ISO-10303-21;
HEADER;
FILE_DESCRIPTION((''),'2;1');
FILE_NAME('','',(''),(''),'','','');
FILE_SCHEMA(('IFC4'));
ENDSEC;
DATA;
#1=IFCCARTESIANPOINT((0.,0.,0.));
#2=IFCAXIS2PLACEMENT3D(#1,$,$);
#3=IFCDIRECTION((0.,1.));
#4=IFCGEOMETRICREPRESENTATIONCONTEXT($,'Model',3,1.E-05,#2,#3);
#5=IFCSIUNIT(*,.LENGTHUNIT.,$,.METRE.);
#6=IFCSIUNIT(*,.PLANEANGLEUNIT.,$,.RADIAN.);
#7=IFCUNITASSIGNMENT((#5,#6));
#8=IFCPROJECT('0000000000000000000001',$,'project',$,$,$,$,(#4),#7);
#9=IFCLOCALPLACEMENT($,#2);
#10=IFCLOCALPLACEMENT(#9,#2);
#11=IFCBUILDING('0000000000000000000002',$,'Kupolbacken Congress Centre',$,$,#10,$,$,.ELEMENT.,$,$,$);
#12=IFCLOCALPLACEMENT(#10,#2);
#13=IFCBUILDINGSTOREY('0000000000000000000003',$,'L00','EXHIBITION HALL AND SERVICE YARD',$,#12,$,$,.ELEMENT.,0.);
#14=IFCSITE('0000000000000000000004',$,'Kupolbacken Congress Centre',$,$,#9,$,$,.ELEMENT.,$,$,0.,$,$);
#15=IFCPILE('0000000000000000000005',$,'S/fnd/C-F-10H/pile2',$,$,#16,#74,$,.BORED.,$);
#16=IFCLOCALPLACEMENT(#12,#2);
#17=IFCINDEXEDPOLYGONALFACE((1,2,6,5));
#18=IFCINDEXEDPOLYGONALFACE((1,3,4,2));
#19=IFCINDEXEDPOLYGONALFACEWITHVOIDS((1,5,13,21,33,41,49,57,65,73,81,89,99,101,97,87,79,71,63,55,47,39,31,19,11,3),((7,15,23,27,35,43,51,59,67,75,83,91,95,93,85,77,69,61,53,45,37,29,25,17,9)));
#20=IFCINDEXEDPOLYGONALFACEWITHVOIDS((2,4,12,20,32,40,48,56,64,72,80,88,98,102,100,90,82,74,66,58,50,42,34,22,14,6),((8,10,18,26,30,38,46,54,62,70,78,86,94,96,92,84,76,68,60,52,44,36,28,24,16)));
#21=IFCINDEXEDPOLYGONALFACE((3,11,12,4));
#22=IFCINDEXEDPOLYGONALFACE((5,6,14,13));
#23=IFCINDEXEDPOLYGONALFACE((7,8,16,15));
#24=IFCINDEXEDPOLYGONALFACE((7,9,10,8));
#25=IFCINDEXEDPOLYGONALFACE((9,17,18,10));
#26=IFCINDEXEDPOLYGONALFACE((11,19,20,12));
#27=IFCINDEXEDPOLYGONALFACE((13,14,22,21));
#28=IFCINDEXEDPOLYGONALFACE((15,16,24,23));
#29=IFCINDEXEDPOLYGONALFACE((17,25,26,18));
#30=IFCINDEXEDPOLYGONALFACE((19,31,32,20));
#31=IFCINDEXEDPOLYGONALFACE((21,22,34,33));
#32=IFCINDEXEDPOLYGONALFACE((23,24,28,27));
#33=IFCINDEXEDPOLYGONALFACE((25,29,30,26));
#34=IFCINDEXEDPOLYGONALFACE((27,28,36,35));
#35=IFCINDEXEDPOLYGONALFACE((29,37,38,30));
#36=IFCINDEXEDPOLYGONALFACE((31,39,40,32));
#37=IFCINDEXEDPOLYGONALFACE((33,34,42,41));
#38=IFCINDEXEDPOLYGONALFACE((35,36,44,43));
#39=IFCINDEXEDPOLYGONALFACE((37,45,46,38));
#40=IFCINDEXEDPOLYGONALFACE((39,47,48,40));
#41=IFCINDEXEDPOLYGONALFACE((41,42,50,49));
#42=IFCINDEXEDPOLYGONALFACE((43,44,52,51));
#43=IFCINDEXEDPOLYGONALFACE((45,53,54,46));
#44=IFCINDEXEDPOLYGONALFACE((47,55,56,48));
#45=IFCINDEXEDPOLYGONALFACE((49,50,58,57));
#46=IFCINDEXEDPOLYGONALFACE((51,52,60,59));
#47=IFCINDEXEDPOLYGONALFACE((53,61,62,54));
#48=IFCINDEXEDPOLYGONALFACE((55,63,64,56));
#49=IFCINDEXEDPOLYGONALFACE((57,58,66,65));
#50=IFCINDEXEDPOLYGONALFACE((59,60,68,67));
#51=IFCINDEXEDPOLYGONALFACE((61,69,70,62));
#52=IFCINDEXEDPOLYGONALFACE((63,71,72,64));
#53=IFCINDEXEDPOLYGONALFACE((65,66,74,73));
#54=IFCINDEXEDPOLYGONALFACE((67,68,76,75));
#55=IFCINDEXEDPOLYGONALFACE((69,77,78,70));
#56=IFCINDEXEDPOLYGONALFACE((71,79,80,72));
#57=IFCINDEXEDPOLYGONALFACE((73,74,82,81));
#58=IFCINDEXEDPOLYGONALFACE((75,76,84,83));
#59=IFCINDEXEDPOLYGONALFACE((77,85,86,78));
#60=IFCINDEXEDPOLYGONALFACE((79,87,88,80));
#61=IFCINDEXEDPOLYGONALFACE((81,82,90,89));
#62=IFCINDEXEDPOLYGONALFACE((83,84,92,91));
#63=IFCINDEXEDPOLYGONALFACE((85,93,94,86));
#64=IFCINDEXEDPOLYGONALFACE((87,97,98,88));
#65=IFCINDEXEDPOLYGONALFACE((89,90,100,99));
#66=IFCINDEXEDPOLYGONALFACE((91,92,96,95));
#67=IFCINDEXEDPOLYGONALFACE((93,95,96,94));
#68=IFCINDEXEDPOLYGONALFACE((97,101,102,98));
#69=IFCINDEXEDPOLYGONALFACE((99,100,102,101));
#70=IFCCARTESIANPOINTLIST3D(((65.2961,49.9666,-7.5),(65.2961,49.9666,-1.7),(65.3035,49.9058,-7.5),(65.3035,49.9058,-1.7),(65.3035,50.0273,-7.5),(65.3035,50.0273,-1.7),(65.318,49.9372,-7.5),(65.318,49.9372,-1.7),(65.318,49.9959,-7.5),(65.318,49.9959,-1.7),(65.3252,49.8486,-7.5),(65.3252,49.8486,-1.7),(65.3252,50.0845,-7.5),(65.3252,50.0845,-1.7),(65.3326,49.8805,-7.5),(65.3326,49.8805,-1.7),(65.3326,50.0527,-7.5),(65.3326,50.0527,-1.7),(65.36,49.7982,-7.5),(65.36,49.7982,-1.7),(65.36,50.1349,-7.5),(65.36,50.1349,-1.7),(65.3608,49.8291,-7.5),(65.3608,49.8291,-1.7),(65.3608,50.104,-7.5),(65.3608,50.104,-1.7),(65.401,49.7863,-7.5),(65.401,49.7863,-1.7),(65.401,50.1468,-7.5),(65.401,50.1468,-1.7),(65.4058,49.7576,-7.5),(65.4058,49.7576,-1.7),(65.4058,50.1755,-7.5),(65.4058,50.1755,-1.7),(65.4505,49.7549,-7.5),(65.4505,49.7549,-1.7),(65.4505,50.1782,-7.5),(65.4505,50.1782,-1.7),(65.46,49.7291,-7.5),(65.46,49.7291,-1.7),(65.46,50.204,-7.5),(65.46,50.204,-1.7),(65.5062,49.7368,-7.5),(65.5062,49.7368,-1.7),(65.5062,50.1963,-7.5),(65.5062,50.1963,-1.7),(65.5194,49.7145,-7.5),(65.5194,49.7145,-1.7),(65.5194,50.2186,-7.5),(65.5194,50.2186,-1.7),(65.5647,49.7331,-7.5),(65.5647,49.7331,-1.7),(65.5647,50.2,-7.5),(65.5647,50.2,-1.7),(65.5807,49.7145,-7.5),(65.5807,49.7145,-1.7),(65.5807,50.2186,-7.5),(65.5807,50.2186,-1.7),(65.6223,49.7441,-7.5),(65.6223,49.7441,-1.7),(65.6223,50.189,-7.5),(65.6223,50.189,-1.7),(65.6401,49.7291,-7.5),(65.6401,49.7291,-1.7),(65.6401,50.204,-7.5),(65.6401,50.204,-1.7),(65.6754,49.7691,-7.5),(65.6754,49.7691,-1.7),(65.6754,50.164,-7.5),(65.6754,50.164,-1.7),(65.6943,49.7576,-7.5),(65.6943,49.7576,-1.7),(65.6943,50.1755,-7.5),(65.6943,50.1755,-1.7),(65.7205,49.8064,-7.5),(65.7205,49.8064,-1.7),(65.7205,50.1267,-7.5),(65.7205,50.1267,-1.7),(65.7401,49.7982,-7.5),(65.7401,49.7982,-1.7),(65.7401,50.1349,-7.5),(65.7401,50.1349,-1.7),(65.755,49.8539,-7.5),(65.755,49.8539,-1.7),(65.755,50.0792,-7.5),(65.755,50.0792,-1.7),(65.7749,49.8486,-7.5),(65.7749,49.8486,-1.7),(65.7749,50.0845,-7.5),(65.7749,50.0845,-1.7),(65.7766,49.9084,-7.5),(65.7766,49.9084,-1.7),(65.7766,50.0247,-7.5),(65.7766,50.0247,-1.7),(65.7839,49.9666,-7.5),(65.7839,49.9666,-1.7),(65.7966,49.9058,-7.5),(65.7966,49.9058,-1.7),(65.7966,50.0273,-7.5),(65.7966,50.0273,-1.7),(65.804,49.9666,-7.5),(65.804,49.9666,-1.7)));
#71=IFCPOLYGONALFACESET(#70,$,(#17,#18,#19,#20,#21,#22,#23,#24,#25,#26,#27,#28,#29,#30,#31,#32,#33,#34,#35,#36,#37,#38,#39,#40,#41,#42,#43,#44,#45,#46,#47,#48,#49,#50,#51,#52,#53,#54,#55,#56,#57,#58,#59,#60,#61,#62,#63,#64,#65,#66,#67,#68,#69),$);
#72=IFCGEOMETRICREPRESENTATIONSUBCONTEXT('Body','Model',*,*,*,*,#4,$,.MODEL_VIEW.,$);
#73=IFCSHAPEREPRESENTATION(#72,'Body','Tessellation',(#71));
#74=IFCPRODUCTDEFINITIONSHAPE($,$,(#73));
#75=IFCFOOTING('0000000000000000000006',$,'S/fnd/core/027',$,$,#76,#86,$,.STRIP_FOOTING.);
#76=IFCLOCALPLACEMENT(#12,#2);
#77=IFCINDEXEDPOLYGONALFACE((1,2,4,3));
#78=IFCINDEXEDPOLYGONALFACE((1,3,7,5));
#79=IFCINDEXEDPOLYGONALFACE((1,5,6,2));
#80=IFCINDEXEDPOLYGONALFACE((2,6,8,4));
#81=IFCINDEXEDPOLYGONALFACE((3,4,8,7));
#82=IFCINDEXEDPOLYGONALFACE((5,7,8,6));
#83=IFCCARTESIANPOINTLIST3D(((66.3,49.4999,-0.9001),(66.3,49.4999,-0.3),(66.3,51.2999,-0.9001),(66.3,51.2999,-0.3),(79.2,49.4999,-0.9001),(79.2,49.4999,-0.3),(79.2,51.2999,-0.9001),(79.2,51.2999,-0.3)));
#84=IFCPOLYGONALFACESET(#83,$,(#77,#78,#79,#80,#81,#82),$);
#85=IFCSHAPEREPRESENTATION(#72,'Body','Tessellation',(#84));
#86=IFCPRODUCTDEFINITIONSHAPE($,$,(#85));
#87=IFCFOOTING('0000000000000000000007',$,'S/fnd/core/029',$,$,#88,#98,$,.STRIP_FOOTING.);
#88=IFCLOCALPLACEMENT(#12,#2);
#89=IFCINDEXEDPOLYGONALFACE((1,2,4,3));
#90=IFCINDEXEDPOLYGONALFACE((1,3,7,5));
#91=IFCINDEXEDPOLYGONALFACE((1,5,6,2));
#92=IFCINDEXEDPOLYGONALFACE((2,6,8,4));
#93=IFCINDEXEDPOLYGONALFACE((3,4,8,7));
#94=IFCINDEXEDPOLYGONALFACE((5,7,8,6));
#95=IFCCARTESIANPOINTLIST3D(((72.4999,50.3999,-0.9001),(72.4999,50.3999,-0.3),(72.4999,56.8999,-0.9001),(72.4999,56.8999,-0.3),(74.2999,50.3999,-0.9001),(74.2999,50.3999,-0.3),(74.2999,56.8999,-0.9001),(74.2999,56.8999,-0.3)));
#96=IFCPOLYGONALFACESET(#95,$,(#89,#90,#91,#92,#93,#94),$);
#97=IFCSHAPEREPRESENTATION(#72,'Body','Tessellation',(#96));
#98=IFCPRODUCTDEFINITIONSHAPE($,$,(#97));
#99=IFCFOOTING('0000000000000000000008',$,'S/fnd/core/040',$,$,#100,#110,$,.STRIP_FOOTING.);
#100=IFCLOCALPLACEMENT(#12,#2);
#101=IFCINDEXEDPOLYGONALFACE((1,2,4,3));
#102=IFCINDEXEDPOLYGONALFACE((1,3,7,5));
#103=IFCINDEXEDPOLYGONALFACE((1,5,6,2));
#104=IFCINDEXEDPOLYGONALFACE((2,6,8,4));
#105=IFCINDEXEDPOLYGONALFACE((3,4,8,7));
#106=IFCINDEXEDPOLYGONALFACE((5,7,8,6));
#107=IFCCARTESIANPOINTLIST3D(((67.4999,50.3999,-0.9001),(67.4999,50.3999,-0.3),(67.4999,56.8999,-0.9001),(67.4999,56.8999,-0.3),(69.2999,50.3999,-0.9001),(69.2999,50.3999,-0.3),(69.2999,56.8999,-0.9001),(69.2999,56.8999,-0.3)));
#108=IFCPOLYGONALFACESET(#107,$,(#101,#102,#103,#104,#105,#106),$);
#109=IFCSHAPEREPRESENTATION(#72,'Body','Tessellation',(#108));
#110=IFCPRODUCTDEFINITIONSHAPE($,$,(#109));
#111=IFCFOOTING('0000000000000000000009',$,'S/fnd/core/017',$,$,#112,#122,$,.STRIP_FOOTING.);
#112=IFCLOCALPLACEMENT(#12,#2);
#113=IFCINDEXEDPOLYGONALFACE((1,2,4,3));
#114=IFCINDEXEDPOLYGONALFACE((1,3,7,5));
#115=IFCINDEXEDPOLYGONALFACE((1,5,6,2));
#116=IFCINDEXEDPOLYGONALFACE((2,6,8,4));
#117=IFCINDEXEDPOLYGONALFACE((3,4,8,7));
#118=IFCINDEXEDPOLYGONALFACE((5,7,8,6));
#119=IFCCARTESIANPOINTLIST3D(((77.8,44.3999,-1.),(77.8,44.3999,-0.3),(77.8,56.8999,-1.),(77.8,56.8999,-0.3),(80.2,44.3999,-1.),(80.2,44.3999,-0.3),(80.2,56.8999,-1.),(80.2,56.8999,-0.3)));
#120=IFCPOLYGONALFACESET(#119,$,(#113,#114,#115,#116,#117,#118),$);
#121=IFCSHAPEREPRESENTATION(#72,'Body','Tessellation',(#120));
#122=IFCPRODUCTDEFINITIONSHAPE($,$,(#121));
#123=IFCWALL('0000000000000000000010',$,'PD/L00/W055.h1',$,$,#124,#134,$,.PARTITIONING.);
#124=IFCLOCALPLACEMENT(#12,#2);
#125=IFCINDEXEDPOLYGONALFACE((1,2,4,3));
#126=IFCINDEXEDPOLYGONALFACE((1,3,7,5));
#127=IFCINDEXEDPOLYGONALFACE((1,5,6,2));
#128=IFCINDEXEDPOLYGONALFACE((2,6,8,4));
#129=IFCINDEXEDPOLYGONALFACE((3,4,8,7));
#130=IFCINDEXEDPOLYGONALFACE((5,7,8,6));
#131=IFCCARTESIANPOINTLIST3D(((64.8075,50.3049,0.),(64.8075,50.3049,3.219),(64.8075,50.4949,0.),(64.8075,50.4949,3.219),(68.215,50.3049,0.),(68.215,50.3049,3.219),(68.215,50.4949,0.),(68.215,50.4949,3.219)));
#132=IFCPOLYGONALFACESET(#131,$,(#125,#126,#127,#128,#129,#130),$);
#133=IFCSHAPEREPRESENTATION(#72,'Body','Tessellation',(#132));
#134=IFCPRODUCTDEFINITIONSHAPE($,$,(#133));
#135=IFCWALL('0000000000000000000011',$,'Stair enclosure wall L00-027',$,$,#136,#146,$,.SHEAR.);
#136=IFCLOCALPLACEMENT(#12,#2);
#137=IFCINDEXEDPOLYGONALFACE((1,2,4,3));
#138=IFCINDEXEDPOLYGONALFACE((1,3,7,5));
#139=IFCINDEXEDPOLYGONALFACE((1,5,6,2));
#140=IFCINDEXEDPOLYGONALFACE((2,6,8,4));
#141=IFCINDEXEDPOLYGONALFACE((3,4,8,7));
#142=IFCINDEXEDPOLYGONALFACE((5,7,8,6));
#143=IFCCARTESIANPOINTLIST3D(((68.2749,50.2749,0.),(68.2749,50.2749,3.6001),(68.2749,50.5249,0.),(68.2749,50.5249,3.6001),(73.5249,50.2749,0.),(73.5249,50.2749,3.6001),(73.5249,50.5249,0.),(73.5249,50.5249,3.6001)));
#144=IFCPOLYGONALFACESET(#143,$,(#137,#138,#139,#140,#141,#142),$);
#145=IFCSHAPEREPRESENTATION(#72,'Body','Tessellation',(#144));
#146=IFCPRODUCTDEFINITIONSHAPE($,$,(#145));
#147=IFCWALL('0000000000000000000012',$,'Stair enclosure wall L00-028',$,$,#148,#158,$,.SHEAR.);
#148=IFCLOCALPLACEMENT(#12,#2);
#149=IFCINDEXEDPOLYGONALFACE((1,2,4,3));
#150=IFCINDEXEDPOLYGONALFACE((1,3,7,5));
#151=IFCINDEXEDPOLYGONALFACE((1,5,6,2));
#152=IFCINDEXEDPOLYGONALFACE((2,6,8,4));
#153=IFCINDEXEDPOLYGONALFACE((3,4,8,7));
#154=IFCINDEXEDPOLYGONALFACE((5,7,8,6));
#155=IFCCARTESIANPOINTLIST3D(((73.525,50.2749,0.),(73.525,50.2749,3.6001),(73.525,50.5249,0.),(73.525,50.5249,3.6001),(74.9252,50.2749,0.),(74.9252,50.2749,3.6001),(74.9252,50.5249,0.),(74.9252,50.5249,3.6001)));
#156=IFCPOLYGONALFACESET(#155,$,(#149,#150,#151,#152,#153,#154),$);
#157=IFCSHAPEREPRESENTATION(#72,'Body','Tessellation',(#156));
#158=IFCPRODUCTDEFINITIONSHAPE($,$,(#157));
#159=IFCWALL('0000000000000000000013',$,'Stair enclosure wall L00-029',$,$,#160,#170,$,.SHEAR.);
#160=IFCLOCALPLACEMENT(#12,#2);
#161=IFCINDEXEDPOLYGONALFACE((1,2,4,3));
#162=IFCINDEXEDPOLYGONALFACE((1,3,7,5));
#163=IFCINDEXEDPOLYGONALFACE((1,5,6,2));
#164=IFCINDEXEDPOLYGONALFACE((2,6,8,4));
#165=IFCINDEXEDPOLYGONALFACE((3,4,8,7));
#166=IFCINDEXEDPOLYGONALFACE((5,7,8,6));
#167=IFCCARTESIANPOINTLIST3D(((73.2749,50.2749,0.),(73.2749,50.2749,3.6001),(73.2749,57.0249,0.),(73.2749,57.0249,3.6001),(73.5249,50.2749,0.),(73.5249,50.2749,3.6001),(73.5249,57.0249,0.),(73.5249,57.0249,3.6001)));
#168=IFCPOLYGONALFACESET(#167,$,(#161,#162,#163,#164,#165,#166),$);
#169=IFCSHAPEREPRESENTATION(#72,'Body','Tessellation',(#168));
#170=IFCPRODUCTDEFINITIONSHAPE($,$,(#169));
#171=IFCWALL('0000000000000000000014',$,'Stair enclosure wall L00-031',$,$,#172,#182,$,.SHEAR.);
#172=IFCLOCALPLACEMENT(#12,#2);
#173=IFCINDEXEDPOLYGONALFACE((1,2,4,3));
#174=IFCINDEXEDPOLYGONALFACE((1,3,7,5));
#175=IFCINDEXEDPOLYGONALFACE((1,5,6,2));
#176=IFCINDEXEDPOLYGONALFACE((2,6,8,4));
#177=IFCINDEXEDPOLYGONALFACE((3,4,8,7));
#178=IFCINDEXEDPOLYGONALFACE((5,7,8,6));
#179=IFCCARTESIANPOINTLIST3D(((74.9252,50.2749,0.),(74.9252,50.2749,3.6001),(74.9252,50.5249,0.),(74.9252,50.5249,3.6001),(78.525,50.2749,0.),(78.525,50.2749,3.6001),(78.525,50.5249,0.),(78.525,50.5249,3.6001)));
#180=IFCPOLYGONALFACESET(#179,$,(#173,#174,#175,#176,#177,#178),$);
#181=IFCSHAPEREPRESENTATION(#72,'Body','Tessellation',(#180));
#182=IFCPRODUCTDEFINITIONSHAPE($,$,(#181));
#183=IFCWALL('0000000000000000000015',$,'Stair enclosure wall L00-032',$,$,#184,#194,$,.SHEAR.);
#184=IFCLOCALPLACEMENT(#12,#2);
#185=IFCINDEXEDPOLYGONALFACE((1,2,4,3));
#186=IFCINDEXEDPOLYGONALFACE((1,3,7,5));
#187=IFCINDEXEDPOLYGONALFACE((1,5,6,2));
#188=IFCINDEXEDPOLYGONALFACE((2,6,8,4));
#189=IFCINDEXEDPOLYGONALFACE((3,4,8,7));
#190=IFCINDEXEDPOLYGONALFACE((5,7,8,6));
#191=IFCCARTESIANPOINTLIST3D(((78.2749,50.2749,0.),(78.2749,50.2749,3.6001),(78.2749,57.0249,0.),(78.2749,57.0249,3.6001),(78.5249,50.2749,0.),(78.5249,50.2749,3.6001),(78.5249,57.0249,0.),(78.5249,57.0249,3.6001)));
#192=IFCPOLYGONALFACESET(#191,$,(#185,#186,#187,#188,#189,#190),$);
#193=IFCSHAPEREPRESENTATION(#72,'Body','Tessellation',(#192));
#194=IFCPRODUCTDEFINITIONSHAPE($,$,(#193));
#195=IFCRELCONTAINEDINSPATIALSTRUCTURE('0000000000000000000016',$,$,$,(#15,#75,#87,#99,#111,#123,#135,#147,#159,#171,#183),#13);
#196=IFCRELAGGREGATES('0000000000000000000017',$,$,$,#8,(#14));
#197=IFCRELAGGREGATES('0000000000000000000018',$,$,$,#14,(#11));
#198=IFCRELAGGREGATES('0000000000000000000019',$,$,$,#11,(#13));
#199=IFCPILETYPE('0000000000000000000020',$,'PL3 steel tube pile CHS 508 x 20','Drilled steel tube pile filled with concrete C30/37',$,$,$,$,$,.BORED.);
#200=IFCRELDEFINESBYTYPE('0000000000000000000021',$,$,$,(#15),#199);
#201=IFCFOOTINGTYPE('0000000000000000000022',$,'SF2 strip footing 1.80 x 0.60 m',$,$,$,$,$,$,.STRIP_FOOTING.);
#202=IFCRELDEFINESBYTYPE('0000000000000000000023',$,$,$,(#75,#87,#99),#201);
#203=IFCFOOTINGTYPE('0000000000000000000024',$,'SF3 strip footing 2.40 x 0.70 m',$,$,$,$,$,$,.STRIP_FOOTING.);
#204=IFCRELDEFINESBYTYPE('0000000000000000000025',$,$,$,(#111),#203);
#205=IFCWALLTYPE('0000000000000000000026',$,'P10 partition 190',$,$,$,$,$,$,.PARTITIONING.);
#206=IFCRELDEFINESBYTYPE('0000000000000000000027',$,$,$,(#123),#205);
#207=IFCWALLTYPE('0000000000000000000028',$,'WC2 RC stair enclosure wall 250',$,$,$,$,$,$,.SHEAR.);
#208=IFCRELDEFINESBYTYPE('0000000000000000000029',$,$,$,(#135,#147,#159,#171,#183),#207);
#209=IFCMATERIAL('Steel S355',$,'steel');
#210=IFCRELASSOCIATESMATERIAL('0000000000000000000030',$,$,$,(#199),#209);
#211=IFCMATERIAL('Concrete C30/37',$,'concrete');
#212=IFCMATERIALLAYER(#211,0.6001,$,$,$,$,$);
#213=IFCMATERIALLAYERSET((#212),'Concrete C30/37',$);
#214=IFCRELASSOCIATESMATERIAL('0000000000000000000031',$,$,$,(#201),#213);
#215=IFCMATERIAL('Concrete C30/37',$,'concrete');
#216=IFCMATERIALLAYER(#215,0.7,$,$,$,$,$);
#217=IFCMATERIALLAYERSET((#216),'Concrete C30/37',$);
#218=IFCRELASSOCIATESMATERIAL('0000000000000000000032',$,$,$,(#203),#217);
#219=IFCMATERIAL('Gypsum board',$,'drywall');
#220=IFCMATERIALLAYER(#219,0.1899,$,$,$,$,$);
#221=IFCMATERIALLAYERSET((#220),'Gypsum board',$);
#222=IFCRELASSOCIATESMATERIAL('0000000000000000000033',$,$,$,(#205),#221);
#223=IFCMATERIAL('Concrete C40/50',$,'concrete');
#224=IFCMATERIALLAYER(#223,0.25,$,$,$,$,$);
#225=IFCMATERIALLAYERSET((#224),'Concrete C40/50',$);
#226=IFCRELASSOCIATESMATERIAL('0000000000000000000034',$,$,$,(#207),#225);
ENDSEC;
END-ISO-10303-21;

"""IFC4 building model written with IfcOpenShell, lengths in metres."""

from ifc_helpers import new_model, si_unit, direction, frame, frame_2d, origin, origin_2d, place, context, subcontext, project, spatial, rectangle, hollow_circle, extrude, material, layer, layer_set, material_profile, profile_set, type_object, element, save


model = new_model("IFC4")

# Units and contexts
model_context = context("Model", 3, precision=1e-05, world=origin(), true_north=direction((0.0, 1.0)))
body_context = subcontext(model_context, "Body", "Model", "MODEL_VIEW")
ifc_project = project(units=[si_unit("LENGTHUNIT", "METRE"), si_unit("PLANEANGLEUNIT", "RADIAN")], contexts=[model_context])

# Site, building, storey
site_placement = place(None, origin())
site = spatial("IfcSite", under=ifc_project, at=site_placement, Name="Kupolbacken Congress Centre", CompositionType="ELEMENT", RefElevation=0.0)
building_placement = place(site_placement, origin())
building = spatial("IfcBuilding", under=site, at=building_placement, Name="Kupolbacken Congress Centre", CompositionType="ELEMENT")
storey_placement = place(building_placement, origin())
storey = spatial("IfcBuildingStorey", under=building, at=storey_placement, Name="L00", Description="EXHIBITION HALL AND SERVICE YARD", CompositionType="ELEMENT", Elevation=0.0)

# Pile
ifc_material_1 = material(Name="Steel S355", Category="steel")
ifc_material_profile = material_profile(ifc_material_1, hollow_circle(Radius=0.2539, WallThickness=0.02, at=origin_2d()), Name="CHS 508 x 20")
ifc_profile_set = profile_set([ifc_material_profile], Name="Steel S355")
pile_type = type_object("IfcPileType", Name="PL3 steel tube pile CHS 508 x 20", Description="Drilled steel tube pile filled with concrete C30/37", PredefinedType="BORED", material=ifc_profile_set)
pile_placement = place(storey_placement, frame((65.55, 49.9666, -1.7), z_axis=(0.0, 0.0, -1.0), x_axis=(1.0, 0.0, 0.0)))
element("IfcPile", 1, at=pile_placement, inside=storey, type_object=pile_type, Name="S/fnd/C-F-10H/pile2", PredefinedType="BORED", context=body_context, shape_type="SweptSolid", body=[
    extrude(hollow_circle(Radius=0.2539, WallThickness=0.02, at=origin_2d()), origin(), (0.0, 0.0, 1.0), 5.8),
])

# Footings
ifc_material_2 = material(Name="Concrete C30/37", Category="concrete")
ifc_layer_1 = layer(ifc_material_2, 0.6001)
ifc_layer_set_1 = layer_set([ifc_layer_1], Name="Concrete C30/37")
footing_type_1 = type_object("IfcFootingType", Name="SF2 strip footing 1.80 x 0.60 m", PredefinedType="STRIP_FOOTING", material=ifc_layer_set_1)
footing_1_placement = place(storey_placement, frame((72.75, 50.3999, -0.9001), z_axis=(0.0, 0.0, 1.0), x_axis=(1.0, 0.0, 0.0)))
element("IfcFooting", 2, at=footing_1_placement, inside=storey, type_object=footing_type_1, Name="S/fnd/core/027", PredefinedType="STRIP_FOOTING", context=body_context, shape_type="SweptSolid", body=[
    extrude(rectangle(XDim=12.8999, YDim=1.8, at=origin_2d()), origin(), (0.0, 0.0, 1.0), 0.6001),
])
for number, where, z_axis, x_axis, name in (
    (3, (73.3999, 53.6499, -0.9001), (0.0, 0.0, 1.0), (0.0, 1.0, 0.0), "S/fnd/core/029"),
    (4, (68.3999, 53.6499, -0.9001), (0.0, 0.0, 1.0), (0.0, 1.0, 0.0), "S/fnd/core/040"),
):
    element("IfcFooting", number, at=place(storey_placement, frame(where, z_axis=z_axis, x_axis=x_axis)), inside=storey, type_object=footing_type_1, Name=name, PredefinedType="STRIP_FOOTING", context=body_context, shape_type="SweptSolid", body=[
        extrude(rectangle(XDim=6.5, YDim=1.8, at=origin_2d()), origin(), (0.0, 0.0, 1.0), 0.6001),
    ])
ifc_material_3 = material(Name="Concrete C30/37", Category="concrete")
ifc_layer_2 = layer(ifc_material_3, 0.7)
ifc_layer_set_2 = layer_set([ifc_layer_2], Name="Concrete C30/37")
footing_type_2 = type_object("IfcFootingType", Name="SF3 strip footing 2.40 x 0.70 m", PredefinedType="STRIP_FOOTING", material=ifc_layer_set_2)
footing_2_placement = place(storey_placement, frame((79.0, 50.6499, -1.0), z_axis=(0.0, 0.0, 1.0), x_axis=(0.0, 1.0, 0.0)))
element("IfcFooting", 5, at=footing_2_placement, inside=storey, type_object=footing_type_2, Name="S/fnd/core/017", PredefinedType="STRIP_FOOTING", context=body_context, shape_type="SweptSolid", body=[
    extrude(rectangle(XDim=12.5, YDim=2.3999, at=origin_2d()), origin(), (0.0, 0.0, 1.0), 0.7),
])

# Walls
ifc_material_4 = material(Name="Gypsum board", Category="drywall")
ifc_layer_3 = layer(ifc_material_4, 0.1899)
ifc_layer_set_3 = layer_set([ifc_layer_3], Name="Gypsum board")
wall_type_1 = type_object("IfcWallType", Name="P10 partition 190", PredefinedType="PARTITIONING", material=ifc_layer_set_3)
wall_1_placement = place(storey_placement, frame((64.8076, 50.3999, 0.0), z_axis=(0.0, 0.0, 1.0), x_axis=(1.0, 0.0, 0.0)))
element("IfcWall", 6, at=wall_1_placement, inside=storey, type_object=wall_type_1, Name="PD/L00/W055.h1", PredefinedType="PARTITIONING", context=body_context, shape_type="SweptSolid", body=[
    extrude(rectangle(XDim=3.4075, YDim=0.1899, at=frame_2d((1.7036, 0.0))), origin(), (0.0, 0.0, 1.0), 3.219),
])
ifc_material_5 = material(Name="Concrete C40/50", Category="concrete")
ifc_layer_4 = layer(ifc_material_5, 0.25)
ifc_layer_set_4 = layer_set([ifc_layer_4], Name="Concrete C40/50")
wall_type_2 = type_object("IfcWallType", Name="WC2 RC stair enclosure wall 250", PredefinedType="SHEAR", material=ifc_layer_set_4)
wall_2_placement = place(storey_placement, frame((68.2749, 50.3999, 0.0), z_axis=(0.0, 0.0, 1.0), x_axis=(1.0, 0.0, 0.0)))
element("IfcWall", 7, at=wall_2_placement, inside=storey, type_object=wall_type_2, Name="Stair enclosure wall L00-027", PredefinedType="SHEAR", context=body_context, shape_type="SweptSolid", body=[
    extrude(rectangle(XDim=5.25, YDim=0.25, at=frame_2d((2.625, 0.0))), origin(), (0.0, 0.0, 1.0), 3.6001),
])
wall_3_placement = place(storey_placement, frame((73.5249, 50.3999, 0.0), z_axis=(0.0, 0.0, 1.0), x_axis=(1.0, 0.0, 0.0)))
element("IfcWall", 8, at=wall_3_placement, inside=storey, type_object=wall_type_2, Name="Stair enclosure wall L00-028", PredefinedType="SHEAR", context=body_context, shape_type="SweptSolid", body=[
    extrude(rectangle(XDim=1.4001, YDim=0.25, at=frame_2d((0.7002, 0.0))), origin(), (0.0, 0.0, 1.0), 3.6001),
])
wall_4_placement = place(storey_placement, frame((73.3999, 50.2749, 0.0), z_axis=(0.0, 0.0, 1.0), x_axis=(0.0, 1.0, 0.0)))
element("IfcWall", 9, at=wall_4_placement, inside=storey, type_object=wall_type_2, Name="Stair enclosure wall L00-029", PredefinedType="SHEAR", context=body_context, shape_type="SweptSolid", body=[
    extrude(rectangle(XDim=6.75, YDim=0.25, at=frame_2d((3.375, 0.0))), origin(), (0.0, 0.0, 1.0), 3.6001),
])

# Walls
wall_5_placement = place(storey_placement, frame((78.5249, 50.3999, 0.0), z_axis=(0.0, 0.0, 1.0), x_axis=(-1.0, 0.0, 0.0)))
element("IfcWall", 10, at=wall_5_placement, inside=storey, type_object=wall_type_2, Name="Stair enclosure wall L00-031", PredefinedType="SHEAR", context=body_context, shape_type="SweptSolid", body=[
    extrude(rectangle(XDim=3.5999, YDim=0.25, at=frame_2d((1.7998, 0.0))), origin(), (0.0, 0.0, 1.0), 3.6001),
])
wall_6_placement = place(storey_placement, frame((78.3999, 50.2749, 0.0), z_axis=(0.0, 0.0, 1.0), x_axis=(0.0, 1.0, 0.0)))
element("IfcWall", 11, at=wall_6_placement, inside=storey, type_object=wall_type_2, Name="Stair enclosure wall L00-032", PredefinedType="SHEAR", context=body_context, shape_type="SweptSolid", body=[
    extrude(rectangle(XDim=6.75, YDim=0.25, at=frame_2d((3.375, 0.0))), origin(), (0.0, 0.0, 1.0), 3.6001),
])

save(model, "model.ifc")
